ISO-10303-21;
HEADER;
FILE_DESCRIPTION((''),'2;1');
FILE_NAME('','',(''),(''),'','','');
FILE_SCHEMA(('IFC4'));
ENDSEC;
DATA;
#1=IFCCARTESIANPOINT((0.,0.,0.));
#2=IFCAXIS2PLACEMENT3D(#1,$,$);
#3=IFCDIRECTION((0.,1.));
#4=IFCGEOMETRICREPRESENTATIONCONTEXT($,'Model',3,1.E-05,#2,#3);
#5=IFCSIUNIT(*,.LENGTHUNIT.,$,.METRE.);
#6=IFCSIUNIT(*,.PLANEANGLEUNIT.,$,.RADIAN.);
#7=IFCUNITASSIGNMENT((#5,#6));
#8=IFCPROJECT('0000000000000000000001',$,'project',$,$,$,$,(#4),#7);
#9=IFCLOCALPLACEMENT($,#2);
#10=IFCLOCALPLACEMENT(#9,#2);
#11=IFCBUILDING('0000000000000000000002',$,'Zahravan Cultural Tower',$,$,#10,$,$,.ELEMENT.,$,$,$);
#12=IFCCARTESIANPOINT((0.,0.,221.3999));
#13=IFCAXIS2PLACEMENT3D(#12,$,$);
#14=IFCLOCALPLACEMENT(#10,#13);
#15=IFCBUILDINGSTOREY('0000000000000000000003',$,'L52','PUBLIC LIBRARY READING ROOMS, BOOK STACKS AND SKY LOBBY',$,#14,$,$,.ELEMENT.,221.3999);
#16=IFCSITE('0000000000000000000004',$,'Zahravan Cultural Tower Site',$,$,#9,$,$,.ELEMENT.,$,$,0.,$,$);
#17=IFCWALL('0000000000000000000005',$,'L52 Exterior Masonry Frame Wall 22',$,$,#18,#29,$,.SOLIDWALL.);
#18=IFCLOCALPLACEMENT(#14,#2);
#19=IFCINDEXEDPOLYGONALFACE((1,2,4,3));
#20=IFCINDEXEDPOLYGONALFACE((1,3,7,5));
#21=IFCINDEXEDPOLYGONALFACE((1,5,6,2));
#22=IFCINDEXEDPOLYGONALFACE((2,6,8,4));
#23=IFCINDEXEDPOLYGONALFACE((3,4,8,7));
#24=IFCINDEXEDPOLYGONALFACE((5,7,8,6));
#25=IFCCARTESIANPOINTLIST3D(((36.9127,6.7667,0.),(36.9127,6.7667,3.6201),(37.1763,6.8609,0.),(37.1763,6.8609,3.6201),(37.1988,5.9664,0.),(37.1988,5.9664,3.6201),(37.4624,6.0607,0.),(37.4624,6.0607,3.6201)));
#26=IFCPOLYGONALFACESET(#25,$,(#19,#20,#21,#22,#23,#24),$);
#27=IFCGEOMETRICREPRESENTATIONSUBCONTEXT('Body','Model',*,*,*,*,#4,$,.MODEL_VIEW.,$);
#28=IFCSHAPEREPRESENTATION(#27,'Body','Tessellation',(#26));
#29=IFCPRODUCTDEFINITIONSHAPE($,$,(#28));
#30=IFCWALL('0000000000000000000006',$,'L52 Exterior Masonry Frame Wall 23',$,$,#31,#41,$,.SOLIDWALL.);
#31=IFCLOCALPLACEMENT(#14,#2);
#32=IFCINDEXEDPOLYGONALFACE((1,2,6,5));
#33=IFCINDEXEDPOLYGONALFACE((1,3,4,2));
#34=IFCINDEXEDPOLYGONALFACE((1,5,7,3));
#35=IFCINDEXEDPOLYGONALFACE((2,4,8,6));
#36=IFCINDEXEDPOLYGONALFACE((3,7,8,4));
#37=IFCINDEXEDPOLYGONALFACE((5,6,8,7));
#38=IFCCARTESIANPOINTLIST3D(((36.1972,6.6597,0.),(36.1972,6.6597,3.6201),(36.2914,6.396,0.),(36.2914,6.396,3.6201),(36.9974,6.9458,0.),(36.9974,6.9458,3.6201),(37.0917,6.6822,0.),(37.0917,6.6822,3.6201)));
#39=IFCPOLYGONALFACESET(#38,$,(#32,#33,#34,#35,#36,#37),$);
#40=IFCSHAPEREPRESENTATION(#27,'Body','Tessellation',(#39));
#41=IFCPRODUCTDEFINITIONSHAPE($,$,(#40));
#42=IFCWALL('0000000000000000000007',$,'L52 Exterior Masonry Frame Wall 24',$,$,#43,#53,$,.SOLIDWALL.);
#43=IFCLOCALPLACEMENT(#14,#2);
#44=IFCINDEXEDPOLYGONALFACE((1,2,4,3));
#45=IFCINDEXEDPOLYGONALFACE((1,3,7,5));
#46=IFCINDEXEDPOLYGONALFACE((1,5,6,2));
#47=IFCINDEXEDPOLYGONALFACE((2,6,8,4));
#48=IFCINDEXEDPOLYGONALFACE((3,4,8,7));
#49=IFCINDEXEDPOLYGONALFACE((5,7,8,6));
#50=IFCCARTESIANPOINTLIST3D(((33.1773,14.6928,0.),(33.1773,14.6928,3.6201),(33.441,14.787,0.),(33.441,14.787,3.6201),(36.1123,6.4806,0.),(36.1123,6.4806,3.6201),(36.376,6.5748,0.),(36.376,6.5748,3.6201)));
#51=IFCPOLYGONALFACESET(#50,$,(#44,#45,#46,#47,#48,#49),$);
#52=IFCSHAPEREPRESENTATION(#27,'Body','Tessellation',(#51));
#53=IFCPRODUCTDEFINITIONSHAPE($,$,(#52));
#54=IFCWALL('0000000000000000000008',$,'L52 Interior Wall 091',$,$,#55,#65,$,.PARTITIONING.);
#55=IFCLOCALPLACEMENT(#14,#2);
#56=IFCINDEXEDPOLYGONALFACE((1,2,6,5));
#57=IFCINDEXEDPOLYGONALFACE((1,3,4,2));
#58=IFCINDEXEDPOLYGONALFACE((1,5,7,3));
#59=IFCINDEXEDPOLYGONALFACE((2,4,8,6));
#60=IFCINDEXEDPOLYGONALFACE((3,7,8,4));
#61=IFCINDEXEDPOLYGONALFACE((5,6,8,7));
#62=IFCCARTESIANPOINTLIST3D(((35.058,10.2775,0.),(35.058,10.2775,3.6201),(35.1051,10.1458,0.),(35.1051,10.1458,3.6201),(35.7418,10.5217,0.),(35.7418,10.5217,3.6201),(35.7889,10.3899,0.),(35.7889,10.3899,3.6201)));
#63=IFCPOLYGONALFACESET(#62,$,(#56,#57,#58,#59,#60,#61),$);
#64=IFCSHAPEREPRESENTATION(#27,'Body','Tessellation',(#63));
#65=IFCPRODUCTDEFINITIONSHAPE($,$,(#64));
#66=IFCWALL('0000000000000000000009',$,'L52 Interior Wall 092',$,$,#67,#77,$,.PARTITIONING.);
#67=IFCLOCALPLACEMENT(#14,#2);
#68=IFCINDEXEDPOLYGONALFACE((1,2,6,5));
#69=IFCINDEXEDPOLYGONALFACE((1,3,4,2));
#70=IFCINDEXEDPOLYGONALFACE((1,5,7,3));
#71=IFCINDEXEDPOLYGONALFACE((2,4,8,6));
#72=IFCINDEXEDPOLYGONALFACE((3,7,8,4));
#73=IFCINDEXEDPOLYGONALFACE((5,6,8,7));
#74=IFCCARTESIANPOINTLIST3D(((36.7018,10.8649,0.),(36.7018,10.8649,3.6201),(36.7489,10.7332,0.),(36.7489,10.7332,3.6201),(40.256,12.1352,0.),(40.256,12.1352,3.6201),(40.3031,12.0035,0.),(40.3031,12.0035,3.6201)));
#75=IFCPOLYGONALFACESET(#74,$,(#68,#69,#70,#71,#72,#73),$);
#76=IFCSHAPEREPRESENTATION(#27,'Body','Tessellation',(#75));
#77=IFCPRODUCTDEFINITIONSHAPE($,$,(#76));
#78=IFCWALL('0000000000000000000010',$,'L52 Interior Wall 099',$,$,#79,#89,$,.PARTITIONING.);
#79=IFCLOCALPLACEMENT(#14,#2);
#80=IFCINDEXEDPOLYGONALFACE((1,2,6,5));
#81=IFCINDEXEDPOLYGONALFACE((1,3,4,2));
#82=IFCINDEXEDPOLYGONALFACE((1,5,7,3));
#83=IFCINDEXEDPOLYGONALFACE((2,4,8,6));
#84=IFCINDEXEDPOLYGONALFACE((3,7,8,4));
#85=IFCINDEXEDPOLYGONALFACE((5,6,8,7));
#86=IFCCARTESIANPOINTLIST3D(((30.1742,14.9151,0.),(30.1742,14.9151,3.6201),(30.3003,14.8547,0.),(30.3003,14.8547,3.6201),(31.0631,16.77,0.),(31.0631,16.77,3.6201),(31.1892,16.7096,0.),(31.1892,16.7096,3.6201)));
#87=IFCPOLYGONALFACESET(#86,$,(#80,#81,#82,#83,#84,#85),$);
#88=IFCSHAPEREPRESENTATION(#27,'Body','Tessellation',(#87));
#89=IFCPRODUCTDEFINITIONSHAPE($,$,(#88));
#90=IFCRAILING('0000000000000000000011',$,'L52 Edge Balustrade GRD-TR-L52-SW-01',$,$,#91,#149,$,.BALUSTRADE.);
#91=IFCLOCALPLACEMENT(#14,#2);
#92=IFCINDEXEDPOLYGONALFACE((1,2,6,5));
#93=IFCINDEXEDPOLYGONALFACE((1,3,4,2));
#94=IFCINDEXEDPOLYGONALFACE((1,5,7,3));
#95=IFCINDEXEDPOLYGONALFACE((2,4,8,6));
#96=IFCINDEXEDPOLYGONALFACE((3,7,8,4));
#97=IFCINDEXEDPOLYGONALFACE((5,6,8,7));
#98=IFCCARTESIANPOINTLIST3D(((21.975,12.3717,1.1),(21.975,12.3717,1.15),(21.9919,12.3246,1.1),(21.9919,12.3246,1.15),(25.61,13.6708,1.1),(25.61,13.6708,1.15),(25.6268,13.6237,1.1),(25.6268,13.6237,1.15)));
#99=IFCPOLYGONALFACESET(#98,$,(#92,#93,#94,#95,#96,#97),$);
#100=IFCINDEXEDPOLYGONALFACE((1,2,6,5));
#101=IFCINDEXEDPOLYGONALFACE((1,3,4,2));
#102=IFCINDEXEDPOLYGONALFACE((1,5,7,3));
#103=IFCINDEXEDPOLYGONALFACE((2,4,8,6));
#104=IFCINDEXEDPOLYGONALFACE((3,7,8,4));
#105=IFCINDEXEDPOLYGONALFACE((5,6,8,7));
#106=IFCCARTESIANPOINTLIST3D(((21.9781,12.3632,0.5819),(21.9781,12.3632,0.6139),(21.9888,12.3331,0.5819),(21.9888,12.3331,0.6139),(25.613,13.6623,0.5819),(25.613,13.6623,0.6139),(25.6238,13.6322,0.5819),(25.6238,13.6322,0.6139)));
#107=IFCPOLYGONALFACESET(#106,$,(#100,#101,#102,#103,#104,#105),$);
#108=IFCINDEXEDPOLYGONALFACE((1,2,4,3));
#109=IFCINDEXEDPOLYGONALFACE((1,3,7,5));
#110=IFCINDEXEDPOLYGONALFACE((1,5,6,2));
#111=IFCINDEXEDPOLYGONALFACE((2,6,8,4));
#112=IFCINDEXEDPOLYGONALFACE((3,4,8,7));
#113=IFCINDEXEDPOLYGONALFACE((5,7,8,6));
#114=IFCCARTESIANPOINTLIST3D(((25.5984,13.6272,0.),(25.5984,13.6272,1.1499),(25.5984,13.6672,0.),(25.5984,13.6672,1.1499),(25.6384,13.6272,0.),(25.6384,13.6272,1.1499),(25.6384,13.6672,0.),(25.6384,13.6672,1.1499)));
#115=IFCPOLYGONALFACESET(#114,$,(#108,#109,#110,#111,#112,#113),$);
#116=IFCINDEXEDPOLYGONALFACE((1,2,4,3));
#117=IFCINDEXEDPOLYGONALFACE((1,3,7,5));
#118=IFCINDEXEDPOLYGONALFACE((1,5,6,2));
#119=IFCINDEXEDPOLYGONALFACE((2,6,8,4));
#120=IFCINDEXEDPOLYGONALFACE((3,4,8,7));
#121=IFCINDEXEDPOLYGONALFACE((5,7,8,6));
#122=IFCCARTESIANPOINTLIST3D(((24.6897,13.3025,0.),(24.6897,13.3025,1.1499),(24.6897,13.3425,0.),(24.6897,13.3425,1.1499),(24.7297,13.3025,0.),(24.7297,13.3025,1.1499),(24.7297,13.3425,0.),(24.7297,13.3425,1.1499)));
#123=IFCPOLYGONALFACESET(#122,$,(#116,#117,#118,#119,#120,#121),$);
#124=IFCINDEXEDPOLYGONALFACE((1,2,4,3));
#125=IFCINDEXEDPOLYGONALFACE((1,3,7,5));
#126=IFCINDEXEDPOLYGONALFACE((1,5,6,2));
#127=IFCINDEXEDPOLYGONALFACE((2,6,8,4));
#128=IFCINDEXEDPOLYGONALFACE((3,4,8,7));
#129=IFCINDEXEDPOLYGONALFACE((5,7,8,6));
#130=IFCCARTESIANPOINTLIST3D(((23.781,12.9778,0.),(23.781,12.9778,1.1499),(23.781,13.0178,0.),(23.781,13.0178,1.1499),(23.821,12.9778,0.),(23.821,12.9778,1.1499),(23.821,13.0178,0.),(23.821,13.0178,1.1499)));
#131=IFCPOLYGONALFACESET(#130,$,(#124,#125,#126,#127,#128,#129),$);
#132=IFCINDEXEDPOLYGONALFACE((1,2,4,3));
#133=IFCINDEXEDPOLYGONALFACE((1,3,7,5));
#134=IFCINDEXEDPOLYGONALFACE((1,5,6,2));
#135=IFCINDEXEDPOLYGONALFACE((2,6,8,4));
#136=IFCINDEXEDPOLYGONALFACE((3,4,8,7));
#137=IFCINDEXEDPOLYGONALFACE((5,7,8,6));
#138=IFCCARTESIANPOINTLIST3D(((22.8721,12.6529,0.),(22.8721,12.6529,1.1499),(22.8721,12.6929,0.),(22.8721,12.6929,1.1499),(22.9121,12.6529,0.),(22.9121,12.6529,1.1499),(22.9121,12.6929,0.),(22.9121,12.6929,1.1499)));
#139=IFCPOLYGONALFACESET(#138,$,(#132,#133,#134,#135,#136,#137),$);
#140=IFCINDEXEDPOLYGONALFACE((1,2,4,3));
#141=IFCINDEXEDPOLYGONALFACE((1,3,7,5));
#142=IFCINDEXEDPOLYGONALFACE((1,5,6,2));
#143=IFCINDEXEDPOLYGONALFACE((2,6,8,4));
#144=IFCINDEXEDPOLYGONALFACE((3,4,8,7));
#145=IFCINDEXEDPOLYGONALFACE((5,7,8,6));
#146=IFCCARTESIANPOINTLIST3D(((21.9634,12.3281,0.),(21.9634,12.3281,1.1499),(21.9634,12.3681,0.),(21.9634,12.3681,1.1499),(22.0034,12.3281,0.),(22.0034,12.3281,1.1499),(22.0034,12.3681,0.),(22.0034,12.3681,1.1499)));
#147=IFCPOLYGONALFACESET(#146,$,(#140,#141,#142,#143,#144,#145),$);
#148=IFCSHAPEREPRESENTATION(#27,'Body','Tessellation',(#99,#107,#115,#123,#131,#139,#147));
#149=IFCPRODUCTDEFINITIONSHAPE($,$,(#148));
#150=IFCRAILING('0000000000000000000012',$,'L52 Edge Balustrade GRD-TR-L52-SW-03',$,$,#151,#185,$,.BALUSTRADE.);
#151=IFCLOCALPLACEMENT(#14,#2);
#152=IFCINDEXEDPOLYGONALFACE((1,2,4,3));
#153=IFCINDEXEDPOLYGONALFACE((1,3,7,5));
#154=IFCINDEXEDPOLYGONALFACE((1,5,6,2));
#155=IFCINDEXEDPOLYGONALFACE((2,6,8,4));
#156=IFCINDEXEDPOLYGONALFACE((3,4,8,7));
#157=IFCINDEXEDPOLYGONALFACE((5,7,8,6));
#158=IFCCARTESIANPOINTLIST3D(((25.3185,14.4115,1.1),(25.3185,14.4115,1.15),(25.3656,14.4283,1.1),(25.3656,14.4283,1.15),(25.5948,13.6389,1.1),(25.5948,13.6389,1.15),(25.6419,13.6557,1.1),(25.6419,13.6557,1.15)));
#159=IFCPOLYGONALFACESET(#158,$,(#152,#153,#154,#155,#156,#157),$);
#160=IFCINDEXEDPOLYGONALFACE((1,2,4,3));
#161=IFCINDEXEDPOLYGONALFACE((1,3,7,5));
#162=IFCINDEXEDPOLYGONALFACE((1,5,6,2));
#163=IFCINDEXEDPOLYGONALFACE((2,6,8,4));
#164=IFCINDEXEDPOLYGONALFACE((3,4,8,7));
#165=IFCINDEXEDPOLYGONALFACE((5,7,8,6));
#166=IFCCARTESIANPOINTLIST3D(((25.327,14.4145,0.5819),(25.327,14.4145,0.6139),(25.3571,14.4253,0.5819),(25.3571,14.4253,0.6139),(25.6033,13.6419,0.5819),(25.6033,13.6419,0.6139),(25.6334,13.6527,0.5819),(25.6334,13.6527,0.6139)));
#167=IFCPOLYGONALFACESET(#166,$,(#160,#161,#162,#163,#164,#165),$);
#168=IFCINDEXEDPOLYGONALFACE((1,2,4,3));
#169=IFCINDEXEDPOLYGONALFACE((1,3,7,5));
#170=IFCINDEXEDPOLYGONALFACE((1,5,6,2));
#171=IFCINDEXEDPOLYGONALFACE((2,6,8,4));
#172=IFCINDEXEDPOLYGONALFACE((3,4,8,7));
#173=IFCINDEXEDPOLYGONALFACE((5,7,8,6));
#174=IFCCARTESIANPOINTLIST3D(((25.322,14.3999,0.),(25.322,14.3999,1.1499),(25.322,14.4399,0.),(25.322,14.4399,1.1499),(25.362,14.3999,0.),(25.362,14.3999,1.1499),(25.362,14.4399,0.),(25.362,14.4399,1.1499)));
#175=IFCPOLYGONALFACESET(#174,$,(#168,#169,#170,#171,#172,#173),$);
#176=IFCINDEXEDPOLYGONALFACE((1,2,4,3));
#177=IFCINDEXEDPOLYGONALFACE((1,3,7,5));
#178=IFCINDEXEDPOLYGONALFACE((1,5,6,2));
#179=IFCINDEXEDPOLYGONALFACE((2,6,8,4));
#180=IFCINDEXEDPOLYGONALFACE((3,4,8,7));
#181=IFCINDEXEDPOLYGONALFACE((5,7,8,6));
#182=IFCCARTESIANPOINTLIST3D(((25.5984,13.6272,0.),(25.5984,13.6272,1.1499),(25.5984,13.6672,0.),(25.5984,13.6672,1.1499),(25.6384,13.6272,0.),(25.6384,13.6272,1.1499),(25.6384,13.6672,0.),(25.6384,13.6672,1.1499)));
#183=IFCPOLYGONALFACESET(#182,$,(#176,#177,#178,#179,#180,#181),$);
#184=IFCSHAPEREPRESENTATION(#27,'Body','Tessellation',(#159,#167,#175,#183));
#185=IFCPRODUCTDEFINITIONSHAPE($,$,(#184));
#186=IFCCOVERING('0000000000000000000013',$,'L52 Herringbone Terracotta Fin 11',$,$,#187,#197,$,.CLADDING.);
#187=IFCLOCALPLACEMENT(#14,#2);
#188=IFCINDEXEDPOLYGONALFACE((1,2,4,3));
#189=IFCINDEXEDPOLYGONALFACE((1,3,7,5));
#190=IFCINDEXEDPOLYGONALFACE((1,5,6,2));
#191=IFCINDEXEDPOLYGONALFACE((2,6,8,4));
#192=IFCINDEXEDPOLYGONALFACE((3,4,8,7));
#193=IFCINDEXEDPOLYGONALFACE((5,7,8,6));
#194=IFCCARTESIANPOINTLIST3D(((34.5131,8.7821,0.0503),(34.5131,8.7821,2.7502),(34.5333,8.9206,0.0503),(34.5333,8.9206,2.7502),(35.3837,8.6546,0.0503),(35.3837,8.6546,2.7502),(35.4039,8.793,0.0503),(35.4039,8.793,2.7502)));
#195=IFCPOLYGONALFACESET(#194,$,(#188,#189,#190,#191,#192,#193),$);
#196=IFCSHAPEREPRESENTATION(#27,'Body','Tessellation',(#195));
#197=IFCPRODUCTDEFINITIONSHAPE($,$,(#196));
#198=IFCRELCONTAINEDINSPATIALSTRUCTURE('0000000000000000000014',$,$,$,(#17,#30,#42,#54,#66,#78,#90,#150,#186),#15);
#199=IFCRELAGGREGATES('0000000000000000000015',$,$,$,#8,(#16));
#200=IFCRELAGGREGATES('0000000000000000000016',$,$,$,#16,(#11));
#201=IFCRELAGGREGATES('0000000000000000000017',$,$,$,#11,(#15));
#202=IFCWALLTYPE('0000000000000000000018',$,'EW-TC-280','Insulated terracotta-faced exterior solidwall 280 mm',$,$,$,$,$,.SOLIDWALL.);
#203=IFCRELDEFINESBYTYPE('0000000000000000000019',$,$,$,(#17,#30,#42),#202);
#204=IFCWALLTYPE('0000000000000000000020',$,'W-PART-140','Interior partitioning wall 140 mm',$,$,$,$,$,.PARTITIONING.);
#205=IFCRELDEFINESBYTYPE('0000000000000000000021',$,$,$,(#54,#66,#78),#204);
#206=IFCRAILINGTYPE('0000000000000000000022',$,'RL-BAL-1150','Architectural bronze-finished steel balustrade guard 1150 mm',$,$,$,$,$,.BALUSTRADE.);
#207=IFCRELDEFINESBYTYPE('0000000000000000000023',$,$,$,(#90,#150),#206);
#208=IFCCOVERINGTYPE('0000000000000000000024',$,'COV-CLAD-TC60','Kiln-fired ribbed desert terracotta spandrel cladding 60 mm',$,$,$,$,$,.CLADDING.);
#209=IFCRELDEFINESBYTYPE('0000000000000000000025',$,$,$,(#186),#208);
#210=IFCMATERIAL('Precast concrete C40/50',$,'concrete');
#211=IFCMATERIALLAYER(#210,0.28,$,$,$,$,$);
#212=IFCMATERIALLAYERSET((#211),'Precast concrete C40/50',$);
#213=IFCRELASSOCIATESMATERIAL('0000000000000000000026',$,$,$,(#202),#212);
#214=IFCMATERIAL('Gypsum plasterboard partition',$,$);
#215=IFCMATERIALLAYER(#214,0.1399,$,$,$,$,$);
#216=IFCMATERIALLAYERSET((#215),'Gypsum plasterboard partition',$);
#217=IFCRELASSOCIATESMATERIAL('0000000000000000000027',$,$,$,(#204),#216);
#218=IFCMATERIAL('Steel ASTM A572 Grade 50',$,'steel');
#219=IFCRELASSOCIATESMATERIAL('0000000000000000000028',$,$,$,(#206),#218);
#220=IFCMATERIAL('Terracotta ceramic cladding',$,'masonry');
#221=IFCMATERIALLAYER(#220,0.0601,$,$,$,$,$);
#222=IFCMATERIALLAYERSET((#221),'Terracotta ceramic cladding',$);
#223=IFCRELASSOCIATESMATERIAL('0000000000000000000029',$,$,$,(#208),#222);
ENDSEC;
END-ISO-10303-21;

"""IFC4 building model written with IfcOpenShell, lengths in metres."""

from ifc_helpers import new_model, si_unit, direction, frame, frame_2d, origin, origin_2d, place, context, subcontext, project, spatial, rectangle, extrude, source, transform, mapped, material, layer, layer_set, type_object, element, save


model = new_model("IFC4")

# Units and contexts
model_context = context("Model", 3, precision=1e-05, world=origin(), true_north=direction((0.0, 1.0)))
body_context = subcontext(model_context, "Body", "Model", "MODEL_VIEW")
ifc_project = project(units=[si_unit("LENGTHUNIT", "METRE"), si_unit("PLANEANGLEUNIT", "RADIAN")], contexts=[model_context])

# Site, building, storey
site_placement = place(None, origin())
site = spatial("IfcSite", under=ifc_project, at=site_placement, Name="Zahravan Cultural Tower Site", CompositionType="ELEMENT", RefElevation=0.0)
building_placement = place(site_placement, origin())
building = spatial("IfcBuilding", under=site, at=building_placement, Name="Zahravan Cultural Tower", CompositionType="ELEMENT")
storey_placement = place(building_placement, frame((0.0, 0.0, 221.3999)))
storey = spatial("IfcBuildingStorey", under=building, at=storey_placement, Name="L52", Description="PUBLIC LIBRARY READING ROOMS, BOOK STACKS AND SKY LOBBY", CompositionType="ELEMENT", Elevation=221.3999)

# Shared definitions
ifc_material_1 = material(Name="Steel ASTM A572 Grade 50", Category="steel")

# Shared definitions
ifc_material_2 = material(Name="Precast concrete C40/50", Category="concrete")
ifc_layer_1 = layer(ifc_material_2, 0.28)
ifc_layer_set_1 = layer_set([ifc_layer_1], Name="Precast concrete C40/50")
wall_type_1 = type_object("IfcWallType", Name="EW-TC-280", Description="Insulated terracotta-faced exterior solidwall 280 mm", PredefinedType="SOLIDWALL", material=ifc_layer_set_1)

# Shared definitions
ifc_material_3 = material(Name="Gypsum plasterboard partition")
ifc_layer_2 = layer(ifc_material_3, 0.1399)
ifc_layer_set_2 = layer_set([ifc_layer_2], Name="Gypsum plasterboard partition")
wall_type_2 = type_object("IfcWallType", Name="W-PART-140", Description="Interior partitioning wall 140 mm", PredefinedType="PARTITIONING", material=ifc_layer_set_2)

# Walls
shared_shape_1 = source(origin(), body_context, "Body", "SweptSolid", [
    extrude(rectangle(XDim=0.8499, YDim=0.28, at=frame_2d((0.4248, 0.0))), origin(), (0.0, 0.0, 1.0), 3.6201),
])
for number, where, z_axis, x_axis, name in (
    (1, (37.3306, 6.0137, 0.0), (0.0, 0.0, 1.0), (-0.336664, 0.941625, 0.0), "L52 Exterior Masonry Frame Wall 22"),
    (2, (37.0444, 6.814, 0.0), (0.0, 0.0, 1.0), (-0.941625, -0.336664, 0.0), "L52 Exterior Masonry Frame Wall 23"),
):
    element("IfcWall", number, at=place(storey_placement, frame(where, z_axis=z_axis, x_axis=x_axis)), inside=storey, type_object=wall_type_1, Name=name, PredefinedType="SOLIDWALL", context=body_context, shape_type="MappedRepresentation", body=[
        mapped(shared_shape_1, transform((0.0, 0.0, 0.0), x_axis=(1.0, 0.0, 0.0), y_axis=(0.0, 1.0, 0.0), z_axis=(0.0, 0.0, 1.0), scale=1.0)),
    ])
shared_shape_2 = source(origin(), body_context, "Body", "SweptSolid", [
    extrude(rectangle(XDim=8.7209, YDim=0.28, at=frame_2d((4.3604, 0.0))), origin(), (0.0, 0.0, 1.0), 3.6201),
])
wall_1_placement = place(storey_placement, frame((36.2441, 6.5278, 0.0), z_axis=(0.0, 0.0, 1.0), x_axis=(-0.336555, 0.941664, 0.0)))
element("IfcWall", 3, at=wall_1_placement, inside=storey, type_object=wall_type_1, Name="L52 Exterior Masonry Frame Wall 24", PredefinedType="SOLIDWALL", context=body_context, shape_type="MappedRepresentation", body=[
    mapped(shared_shape_2, transform((0.0, 0.0, 0.0), x_axis=(1.0, 0.0, 0.0), y_axis=(0.0, 1.0, 0.0), z_axis=(0.0, 0.0, 1.0), scale=1.0)),
])
shared_shape_3 = source(origin(), body_context, "Body", "SweptSolid", [
    extrude(rectangle(XDim=0.7261, YDim=0.1399, at=frame_2d((0.363, 0.0))), origin(), (0.0, 0.0, 1.0), 3.6201),
])
wall_2_placement = place(storey_placement, frame((35.0815, 10.2117, 0.0), z_axis=(0.0, 0.0, 1.0), x_axis=(0.94178, 0.33623, 0.0)))
element("IfcWall", 4, at=wall_2_placement, inside=storey, type_object=wall_type_2, Name="L52 Interior Wall 091", PredefinedType="PARTITIONING", context=body_context, shape_type="MappedRepresentation", body=[
    mapped(shared_shape_3, transform((0.0, 0.0, 0.0), x_axis=(1.0, 0.0, 0.0), y_axis=(0.0, 1.0, 0.0), z_axis=(0.0, 0.0, 1.0), scale=1.0)),
])
shared_shape_4 = source(origin(), body_context, "Body", "SweptSolid", [
    extrude(rectangle(XDim=3.7744, YDim=0.1399, at=frame_2d((1.8872, 0.0))), origin(), (0.0, 0.0, 1.0), 3.6201),
])
wall_3_placement = place(storey_placement, frame((36.7253, 10.7991, 0.0), z_axis=(0.0, 0.0, 1.0), x_axis=(0.941666, 0.336549, 0.0)))
element("IfcWall", 5, at=wall_3_placement, inside=storey, type_object=wall_type_2, Name="L52 Interior Wall 092", PredefinedType="PARTITIONING", context=body_context, shape_type="MappedRepresentation", body=[
    mapped(shared_shape_4, transform((0.0, 0.0, 0.0), x_axis=(1.0, 0.0, 0.0), y_axis=(0.0, 1.0, 0.0), z_axis=(0.0, 0.0, 1.0), scale=1.0)),
])
shared_shape_5 = source(origin(), body_context, "Body", "SweptSolid", [
    extrude(rectangle(XDim=2.0569, YDim=0.1399, at=frame_2d((1.0283, 0.0))), origin(), (0.0, 0.0, 1.0), 3.6201),
])
wall_4_placement = place(storey_placement, frame((30.2373, 14.885, 0.0), z_axis=(0.0, 0.0, 1.0), x_axis=(0.432148, 0.901803, 0.0)))
element("IfcWall", 6, at=wall_4_placement, inside=storey, type_object=wall_type_2, Name="L52 Interior Wall 099", PredefinedType="PARTITIONING", context=body_context, shape_type="MappedRepresentation", body=[
    mapped(shared_shape_5, transform((0.0, 0.0, 0.0), x_axis=(1.0, 0.0, 0.0), y_axis=(0.0, 1.0, 0.0), z_axis=(0.0, 0.0, 1.0), scale=1.0)),
])

# Railings
railing_type = type_object("IfcRailingType", Name="RL-BAL-1150", Description="Architectural bronze-finished steel balustrade guard 1150 mm", PredefinedType="BALUSTRADE", material=ifc_material_1)
railing_1_placement = place(storey_placement, frame((25.6184, 13.6472, 0.0)))
element("IfcRailing", 7, at=railing_1_placement, inside=storey, type_object=railing_type, Name="L52 Edge Balustrade GRD-TR-L52-SW-01", PredefinedType="BALUSTRADE", context=body_context, shape_type="SweptSolid", body=[
    extrude(rectangle(XDim=0.05, YDim=0.05, at=origin_2d()), frame((0.0, 0.0, 1.125), z_axis=(-0.941672, -0.336533, 0.0), x_axis=(0.336533, -0.941672, 0.0)), (0.0, 0.0, 1.0), 3.8601),
    extrude(rectangle(XDim=0.032, YDim=0.032, at=origin_2d()), frame((0.0, 0.0, 0.5979), z_axis=(-0.941672, -0.336533, 0.0), x_axis=(0.336533, -0.941672, 0.0)), (0.0, 0.0, 1.0), 3.8601),
    extrude(rectangle(XDim=0.04, YDim=0.04, at=origin_2d()), origin(), (0.0, 0.0, 1.0), 1.1499),
    extrude(rectangle(XDim=0.04, YDim=0.04, at=origin_2d()), frame((-0.9087, -0.3247, 0.0)), (0.0, 0.0, 1.0), 1.1499),
    extrude(rectangle(XDim=0.04, YDim=0.04, at=origin_2d()), frame((-1.8174, -0.6494, 0.0)), (0.0, 0.0, 1.0), 1.1499),
    extrude(rectangle(XDim=0.04, YDim=0.04, at=origin_2d()), frame((-2.7263, -0.9744, 0.0)), (0.0, 0.0, 1.0), 1.1499),
    extrude(rectangle(XDim=0.04, YDim=0.04, at=origin_2d()), frame((-3.635, -1.2991, 0.0)), (0.0, 0.0, 1.0), 1.1499),
])
railing_2_placement = place(storey_placement, frame((25.342, 14.4199, 0.0)))
element("IfcRailing", 8, at=railing_2_placement, inside=storey, type_object=railing_type, Name="L52 Edge Balustrade GRD-TR-L52-SW-03", PredefinedType="BALUSTRADE", context=body_context, shape_type="SweptSolid", body=[
    extrude(rectangle(XDim=0.05, YDim=0.05, at=origin_2d()), frame((0.0, 0.0, 1.125), z_axis=(0.33677, -0.941587, 0.0), x_axis=(0.941587, 0.33677, 0.0)), (0.0, 0.0, 1.0), 0.8206),
    extrude(rectangle(XDim=0.032, YDim=0.032, at=origin_2d()), frame((0.0, 0.0, 0.5979), z_axis=(0.33677, -0.941587, 0.0), x_axis=(0.941587, 0.33677, 0.0)), (0.0, 0.0, 1.0), 0.8206),
    extrude(rectangle(XDim=0.04, YDim=0.04, at=origin_2d()), origin(), (0.0, 0.0, 1.0), 1.1499),
    extrude(rectangle(XDim=0.04, YDim=0.04, at=origin_2d()), frame((0.2764, -0.7727, 0.0)), (0.0, 0.0, 1.0), 1.1499),
])

# Covering
ifc_material_4 = material(Name="Terracotta ceramic cladding", Category="masonry")
ifc_layer_3 = layer(ifc_material_4, 0.0601)
ifc_layer_set_3 = layer_set([ifc_layer_3], Name="Terracotta ceramic cladding")
covering_type = type_object("IfcCoveringType", Name="COV-CLAD-TC60", Description="Kiln-fired ribbed desert terracotta spandrel cladding 60 mm", PredefinedType="CLADDING", material=ifc_layer_set_3)
shared_shape_6 = source(origin(), body_context, "Body", "SweptSolid", [
    extrude(rectangle(XDim=0.8799, YDim=0.1399, at=origin_2d()), origin(), (0.0, 0.0, 1.0), 2.7),
])
for number, where, z_axis, x_axis, name in (
    (9, (34.9585, 8.7876, 0.0503), (0.0, 0.0, 1.0), (-0.989442, 0.144926, 0.0), "L52 Herringbone Terracotta Fin 11"),
):
    element("IfcCovering", number, at=place(storey_placement, frame(where, z_axis=z_axis, x_axis=x_axis)), inside=storey, type_object=covering_type, Name=name, PredefinedType="CLADDING", context=body_context, shape_type="MappedRepresentation", body=[
        mapped(shared_shape_6, transform((0.0, 0.0, 0.0), x_axis=(1.0, 0.0, 0.0), y_axis=(0.0, 1.0, 0.0), z_axis=(0.0, 0.0, 1.0), scale=1.0)),
    ])

save(model, "model.ifc")
